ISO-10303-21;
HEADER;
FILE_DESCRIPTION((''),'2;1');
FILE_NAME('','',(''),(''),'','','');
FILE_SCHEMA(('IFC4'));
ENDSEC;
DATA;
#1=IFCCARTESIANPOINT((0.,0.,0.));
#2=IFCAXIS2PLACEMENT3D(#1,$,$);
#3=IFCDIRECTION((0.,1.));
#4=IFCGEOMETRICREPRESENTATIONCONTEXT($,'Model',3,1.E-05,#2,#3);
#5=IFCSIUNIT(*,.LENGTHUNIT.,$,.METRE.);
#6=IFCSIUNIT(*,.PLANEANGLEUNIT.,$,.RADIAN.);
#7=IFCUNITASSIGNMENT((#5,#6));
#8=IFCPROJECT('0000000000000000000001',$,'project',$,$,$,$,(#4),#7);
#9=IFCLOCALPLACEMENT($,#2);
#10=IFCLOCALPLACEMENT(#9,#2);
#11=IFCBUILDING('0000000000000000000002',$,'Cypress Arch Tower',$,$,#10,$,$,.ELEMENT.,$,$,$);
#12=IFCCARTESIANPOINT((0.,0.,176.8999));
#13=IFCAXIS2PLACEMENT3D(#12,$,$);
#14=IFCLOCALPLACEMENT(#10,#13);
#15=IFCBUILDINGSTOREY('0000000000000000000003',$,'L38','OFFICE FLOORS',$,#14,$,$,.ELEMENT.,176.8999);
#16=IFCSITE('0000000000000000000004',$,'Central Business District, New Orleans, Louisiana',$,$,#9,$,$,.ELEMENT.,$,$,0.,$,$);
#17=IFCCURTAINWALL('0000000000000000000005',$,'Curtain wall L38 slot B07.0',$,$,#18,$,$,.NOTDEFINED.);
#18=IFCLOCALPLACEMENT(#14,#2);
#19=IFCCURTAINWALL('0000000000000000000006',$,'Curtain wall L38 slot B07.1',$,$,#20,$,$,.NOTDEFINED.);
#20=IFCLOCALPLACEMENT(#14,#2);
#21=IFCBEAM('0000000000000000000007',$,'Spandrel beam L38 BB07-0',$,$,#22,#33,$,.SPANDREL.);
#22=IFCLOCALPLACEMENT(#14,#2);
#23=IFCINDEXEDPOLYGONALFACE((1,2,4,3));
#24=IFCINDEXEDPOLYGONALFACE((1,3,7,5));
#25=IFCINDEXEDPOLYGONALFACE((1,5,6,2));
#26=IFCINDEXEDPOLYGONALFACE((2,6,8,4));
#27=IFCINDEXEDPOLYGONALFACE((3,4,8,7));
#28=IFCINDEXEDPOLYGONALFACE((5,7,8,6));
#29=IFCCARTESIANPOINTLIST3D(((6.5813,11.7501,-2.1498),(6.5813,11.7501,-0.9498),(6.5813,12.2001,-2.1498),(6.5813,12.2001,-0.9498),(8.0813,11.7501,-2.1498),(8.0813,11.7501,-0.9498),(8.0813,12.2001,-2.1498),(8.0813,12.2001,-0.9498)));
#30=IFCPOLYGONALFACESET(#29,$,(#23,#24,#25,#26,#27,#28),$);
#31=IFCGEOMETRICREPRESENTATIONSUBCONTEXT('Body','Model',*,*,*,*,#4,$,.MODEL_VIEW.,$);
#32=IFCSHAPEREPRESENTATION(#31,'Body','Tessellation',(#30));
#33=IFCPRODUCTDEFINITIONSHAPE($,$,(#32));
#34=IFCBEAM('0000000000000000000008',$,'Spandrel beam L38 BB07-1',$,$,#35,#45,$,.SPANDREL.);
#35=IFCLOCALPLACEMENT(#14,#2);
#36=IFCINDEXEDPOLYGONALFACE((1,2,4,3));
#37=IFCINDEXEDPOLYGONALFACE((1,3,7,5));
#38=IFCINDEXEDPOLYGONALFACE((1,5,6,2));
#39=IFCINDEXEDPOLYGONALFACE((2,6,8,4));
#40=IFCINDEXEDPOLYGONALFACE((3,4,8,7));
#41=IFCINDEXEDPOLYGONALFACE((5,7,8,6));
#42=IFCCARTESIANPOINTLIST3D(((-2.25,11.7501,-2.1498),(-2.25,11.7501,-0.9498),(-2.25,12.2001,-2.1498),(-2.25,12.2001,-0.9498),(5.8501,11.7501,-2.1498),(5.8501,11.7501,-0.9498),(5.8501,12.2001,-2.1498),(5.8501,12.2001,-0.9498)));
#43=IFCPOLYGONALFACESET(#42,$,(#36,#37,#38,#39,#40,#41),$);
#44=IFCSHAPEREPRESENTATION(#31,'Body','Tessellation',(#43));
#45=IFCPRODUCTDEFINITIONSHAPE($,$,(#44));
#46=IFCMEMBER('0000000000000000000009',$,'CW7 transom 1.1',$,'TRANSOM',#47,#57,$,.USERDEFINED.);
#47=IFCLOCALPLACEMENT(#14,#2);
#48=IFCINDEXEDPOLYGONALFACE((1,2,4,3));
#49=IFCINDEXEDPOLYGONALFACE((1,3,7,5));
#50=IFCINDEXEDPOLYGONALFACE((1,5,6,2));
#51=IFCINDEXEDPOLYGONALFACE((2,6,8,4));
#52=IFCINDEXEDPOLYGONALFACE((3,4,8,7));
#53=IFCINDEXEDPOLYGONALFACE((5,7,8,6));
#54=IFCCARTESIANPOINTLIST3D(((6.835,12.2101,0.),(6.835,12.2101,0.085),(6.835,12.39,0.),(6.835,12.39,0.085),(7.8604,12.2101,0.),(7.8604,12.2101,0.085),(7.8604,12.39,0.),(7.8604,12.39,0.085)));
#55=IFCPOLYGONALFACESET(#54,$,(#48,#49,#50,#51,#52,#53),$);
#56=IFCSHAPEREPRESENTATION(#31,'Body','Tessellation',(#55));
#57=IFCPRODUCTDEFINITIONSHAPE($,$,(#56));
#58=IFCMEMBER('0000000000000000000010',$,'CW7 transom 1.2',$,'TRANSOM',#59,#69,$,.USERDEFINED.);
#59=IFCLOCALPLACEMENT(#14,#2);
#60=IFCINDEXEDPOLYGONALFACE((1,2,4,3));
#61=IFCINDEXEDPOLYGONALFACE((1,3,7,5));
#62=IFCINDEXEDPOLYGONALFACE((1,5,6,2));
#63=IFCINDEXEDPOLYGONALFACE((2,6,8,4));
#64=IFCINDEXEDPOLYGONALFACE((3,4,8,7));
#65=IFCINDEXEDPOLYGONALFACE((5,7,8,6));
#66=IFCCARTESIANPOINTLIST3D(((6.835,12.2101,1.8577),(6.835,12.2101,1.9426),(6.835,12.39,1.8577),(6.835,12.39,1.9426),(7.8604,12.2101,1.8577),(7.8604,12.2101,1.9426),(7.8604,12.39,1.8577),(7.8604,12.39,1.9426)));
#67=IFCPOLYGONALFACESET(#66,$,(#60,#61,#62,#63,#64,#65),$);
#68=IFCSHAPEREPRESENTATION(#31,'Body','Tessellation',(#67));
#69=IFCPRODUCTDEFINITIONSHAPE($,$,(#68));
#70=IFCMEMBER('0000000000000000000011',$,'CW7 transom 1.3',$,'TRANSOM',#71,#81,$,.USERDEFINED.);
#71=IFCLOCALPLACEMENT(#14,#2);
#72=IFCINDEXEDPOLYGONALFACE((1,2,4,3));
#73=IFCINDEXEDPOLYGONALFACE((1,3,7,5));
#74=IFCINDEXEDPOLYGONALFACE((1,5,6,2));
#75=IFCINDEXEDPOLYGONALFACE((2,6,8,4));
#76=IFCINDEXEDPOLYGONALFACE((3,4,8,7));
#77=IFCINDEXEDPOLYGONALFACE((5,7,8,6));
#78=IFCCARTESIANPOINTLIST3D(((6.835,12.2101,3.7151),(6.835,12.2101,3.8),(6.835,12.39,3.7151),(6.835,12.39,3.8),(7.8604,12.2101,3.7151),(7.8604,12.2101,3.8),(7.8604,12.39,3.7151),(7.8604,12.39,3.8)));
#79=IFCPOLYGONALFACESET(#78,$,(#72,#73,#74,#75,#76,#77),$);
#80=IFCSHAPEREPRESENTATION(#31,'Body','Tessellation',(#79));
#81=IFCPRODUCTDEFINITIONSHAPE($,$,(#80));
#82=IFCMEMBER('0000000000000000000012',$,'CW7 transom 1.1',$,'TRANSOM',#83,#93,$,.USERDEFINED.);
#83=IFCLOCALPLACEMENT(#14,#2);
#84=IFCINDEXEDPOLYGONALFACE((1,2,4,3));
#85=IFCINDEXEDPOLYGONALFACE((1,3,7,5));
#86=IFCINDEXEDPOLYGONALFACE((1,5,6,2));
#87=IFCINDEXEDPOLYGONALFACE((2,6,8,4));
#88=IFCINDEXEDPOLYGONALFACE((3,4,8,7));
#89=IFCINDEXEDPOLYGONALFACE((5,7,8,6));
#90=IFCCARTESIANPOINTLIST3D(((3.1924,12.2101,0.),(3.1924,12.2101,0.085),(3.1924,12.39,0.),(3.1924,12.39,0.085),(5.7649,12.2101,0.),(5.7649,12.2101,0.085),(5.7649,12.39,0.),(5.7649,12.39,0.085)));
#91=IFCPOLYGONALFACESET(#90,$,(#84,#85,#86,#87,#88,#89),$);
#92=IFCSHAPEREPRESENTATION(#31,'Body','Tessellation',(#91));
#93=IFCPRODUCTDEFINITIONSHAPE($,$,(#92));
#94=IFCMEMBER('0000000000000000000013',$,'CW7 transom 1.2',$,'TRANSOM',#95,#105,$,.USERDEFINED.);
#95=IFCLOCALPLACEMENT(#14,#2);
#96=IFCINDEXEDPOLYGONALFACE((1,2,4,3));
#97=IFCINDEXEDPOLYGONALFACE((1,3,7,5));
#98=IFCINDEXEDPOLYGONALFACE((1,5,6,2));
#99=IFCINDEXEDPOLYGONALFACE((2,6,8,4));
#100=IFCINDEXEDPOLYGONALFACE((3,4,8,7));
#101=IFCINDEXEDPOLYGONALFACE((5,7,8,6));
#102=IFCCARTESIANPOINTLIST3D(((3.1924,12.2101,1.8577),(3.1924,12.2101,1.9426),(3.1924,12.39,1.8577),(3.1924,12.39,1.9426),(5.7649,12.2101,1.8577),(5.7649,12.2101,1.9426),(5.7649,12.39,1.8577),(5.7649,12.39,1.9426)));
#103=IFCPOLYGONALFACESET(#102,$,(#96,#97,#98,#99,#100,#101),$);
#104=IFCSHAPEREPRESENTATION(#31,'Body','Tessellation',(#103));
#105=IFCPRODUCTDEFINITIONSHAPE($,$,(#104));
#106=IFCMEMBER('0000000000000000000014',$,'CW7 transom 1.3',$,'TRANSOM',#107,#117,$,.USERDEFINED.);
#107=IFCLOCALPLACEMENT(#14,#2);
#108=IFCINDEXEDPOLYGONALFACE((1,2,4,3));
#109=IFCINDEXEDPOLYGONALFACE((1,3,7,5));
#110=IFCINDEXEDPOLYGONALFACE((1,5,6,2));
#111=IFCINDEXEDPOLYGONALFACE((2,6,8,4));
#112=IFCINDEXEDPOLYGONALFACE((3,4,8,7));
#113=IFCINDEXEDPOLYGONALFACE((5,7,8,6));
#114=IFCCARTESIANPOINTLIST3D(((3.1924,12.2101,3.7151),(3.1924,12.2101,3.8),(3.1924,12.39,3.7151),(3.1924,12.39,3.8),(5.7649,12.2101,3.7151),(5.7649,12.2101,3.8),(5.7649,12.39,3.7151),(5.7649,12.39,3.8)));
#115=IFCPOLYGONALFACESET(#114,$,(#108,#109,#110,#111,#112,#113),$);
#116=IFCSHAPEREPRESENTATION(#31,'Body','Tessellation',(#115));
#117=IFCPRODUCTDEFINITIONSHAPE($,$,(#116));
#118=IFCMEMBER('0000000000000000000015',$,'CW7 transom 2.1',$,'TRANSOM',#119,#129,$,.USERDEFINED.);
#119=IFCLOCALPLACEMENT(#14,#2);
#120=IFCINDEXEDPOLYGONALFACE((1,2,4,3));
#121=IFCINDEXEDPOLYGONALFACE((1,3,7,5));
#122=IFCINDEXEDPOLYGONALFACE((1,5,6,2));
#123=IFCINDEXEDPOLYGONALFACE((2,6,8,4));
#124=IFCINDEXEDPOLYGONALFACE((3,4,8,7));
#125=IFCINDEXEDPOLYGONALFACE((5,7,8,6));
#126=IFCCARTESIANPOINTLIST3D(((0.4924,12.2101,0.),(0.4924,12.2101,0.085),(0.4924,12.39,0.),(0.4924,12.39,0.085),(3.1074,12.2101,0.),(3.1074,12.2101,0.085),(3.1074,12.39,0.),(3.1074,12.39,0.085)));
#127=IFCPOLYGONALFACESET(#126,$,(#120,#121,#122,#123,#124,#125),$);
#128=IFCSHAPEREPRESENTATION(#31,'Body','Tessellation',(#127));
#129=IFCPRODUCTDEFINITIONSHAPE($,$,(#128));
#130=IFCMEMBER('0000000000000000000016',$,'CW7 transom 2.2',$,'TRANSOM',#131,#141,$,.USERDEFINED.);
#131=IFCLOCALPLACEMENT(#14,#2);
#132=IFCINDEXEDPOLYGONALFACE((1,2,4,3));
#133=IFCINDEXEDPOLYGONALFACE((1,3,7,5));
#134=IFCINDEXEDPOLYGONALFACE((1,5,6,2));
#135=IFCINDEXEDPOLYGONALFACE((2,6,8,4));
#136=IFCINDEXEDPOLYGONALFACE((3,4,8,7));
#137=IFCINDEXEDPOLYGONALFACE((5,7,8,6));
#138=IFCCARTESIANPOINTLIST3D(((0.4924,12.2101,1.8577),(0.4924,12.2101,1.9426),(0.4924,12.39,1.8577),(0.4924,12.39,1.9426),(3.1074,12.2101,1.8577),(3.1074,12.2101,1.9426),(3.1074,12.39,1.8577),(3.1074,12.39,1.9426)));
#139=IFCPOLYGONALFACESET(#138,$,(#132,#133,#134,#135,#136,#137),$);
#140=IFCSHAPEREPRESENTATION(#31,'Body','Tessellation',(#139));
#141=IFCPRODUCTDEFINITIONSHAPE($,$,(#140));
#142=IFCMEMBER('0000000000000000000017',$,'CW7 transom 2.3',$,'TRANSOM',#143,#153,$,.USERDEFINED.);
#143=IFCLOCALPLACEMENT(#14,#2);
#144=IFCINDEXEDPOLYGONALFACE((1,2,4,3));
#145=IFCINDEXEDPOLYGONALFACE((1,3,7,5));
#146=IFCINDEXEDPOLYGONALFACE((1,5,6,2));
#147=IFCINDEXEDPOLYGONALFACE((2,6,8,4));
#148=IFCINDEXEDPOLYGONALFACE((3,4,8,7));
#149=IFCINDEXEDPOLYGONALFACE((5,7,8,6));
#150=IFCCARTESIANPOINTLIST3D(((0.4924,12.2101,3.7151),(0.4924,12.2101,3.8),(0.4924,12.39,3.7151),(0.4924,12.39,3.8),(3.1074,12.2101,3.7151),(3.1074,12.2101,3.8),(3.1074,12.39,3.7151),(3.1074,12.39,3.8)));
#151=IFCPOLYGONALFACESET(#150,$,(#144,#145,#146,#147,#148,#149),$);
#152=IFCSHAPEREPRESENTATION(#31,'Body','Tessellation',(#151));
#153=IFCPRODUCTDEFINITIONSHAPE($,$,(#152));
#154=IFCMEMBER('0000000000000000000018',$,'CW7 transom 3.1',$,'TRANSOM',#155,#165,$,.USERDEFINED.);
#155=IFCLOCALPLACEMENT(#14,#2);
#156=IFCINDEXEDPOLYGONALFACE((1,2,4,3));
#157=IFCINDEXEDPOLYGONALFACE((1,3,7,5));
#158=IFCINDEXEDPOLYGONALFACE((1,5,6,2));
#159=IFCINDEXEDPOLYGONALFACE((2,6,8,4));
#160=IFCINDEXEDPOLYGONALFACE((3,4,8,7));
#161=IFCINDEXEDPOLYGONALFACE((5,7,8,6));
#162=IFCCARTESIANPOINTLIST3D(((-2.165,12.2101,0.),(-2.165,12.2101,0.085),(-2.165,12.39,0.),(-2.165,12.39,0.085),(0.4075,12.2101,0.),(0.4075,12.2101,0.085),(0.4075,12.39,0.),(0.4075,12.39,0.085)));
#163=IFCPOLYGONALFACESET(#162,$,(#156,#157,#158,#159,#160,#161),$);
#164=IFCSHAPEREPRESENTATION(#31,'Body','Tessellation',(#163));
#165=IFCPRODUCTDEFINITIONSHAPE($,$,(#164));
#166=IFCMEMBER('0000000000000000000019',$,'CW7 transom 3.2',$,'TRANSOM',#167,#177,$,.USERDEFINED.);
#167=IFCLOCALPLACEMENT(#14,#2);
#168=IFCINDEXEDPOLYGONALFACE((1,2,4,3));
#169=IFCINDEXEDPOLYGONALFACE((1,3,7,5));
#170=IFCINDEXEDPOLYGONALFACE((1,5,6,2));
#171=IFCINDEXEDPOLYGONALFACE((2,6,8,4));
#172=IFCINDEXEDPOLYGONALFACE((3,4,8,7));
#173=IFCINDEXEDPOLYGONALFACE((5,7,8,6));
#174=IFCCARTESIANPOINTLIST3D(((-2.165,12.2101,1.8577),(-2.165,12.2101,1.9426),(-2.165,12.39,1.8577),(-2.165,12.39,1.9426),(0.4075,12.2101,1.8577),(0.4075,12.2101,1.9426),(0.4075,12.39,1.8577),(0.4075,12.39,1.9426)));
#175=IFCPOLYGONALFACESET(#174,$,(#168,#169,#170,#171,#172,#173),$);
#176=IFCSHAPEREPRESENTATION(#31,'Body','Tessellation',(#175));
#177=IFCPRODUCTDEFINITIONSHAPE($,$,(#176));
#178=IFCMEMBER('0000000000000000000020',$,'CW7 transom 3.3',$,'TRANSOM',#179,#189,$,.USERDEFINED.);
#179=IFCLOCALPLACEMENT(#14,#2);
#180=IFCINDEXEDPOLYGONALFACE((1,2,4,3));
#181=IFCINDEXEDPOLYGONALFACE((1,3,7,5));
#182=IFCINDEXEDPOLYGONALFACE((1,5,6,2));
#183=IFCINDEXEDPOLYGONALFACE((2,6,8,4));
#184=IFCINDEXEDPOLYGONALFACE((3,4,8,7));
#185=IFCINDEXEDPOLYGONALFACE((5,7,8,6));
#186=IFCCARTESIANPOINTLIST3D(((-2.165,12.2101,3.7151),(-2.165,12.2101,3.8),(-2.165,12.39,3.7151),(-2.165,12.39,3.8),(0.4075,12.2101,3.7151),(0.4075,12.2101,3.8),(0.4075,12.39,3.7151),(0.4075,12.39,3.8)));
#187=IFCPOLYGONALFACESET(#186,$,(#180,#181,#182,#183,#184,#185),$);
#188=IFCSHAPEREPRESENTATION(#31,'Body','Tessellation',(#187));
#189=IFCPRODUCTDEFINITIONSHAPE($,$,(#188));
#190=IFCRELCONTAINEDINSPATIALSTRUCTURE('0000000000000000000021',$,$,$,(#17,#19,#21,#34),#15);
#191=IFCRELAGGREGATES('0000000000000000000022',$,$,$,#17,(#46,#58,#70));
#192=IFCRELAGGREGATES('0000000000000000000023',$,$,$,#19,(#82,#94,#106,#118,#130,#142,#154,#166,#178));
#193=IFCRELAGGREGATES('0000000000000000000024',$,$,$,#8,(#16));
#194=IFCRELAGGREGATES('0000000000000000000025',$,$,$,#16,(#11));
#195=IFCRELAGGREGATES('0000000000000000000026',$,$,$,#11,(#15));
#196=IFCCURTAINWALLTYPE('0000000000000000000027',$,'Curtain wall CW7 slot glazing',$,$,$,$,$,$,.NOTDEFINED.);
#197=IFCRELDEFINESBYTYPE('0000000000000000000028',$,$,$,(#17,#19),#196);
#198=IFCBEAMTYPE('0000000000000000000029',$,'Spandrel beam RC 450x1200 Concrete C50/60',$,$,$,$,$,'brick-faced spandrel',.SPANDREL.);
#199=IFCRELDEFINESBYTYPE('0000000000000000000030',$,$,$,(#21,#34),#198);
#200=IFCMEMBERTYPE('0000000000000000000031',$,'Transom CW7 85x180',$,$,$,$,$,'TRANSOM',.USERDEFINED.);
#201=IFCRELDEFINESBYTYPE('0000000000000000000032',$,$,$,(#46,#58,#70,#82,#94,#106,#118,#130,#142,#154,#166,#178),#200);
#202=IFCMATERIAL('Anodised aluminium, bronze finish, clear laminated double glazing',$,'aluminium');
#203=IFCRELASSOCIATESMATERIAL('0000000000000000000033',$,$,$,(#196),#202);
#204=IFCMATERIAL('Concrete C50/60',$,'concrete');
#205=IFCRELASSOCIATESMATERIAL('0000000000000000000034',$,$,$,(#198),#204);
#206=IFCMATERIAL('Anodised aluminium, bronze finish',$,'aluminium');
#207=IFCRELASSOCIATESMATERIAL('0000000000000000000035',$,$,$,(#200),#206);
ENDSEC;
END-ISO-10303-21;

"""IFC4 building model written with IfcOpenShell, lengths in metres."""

from ifc_helpers import new_model, si_unit, direction, frame, origin, origin_2d, place, context, subcontext, project, spatial, rectangle, extrude, material, material_profile, profile_set, type_object, element, aggregate, save


model = new_model("IFC4")

# Units and contexts
model_context = context("Model", 3, precision=1e-05, world=origin(), true_north=direction((0.0, 1.0)))
body_context = subcontext(model_context, "Body", "Model", "MODEL_VIEW")
ifc_project = project(units=[si_unit("LENGTHUNIT", "METRE"), si_unit("PLANEANGLEUNIT", "RADIAN")], contexts=[model_context])

# Site, building, storey
site_placement = place(None, origin())
site = spatial("IfcSite", under=ifc_project, at=site_placement, Name="Central Business District, New Orleans, Louisiana", CompositionType="ELEMENT", RefElevation=0.0)
building_placement = place(site_placement, origin())
building = spatial("IfcBuilding", under=site, at=building_placement, Name="Cypress Arch Tower", CompositionType="ELEMENT")
storey_placement = place(building_placement, frame((0.0, 0.0, 176.8999)))
storey = spatial("IfcBuildingStorey", under=building, at=storey_placement, Name="L38", Description="OFFICE FLOORS", CompositionType="ELEMENT", Elevation=176.8999)

# Shared definitions
ifc_material_1 = material(Name="Anodised aluminium, bronze finish, clear laminated double glazing", Category="aluminium")
curtain_wall_type = type_object("IfcCurtainWallType", Name="Curtain wall CW7 slot glazing", PredefinedType="NOTDEFINED", material=ifc_material_1)

# Curtain walls
curtain_wall_1_placement = place(storey_placement, origin())
curtain_wall_1 = element("IfcCurtainWall", 1, at=curtain_wall_1_placement, inside=storey, type_object=curtain_wall_type, Name="Curtain wall L38 slot B07.0", PredefinedType="NOTDEFINED")
curtain_wall_2_placement = place(storey_placement, origin())
curtain_wall_2 = element("IfcCurtainWall", 2, at=curtain_wall_2_placement, inside=storey, type_object=curtain_wall_type, Name="Curtain wall L38 slot B07.1", PredefinedType="NOTDEFINED")

# Beams
ifc_material_2 = material(Name="Concrete C50/60", Category="concrete")
ifc_material_profile_1 = material_profile(ifc_material_2, rectangle(XDim=0.45, YDim=1.2, at=origin_2d()), Name="RC 450x1200")
ifc_profile_set_1 = profile_set([ifc_material_profile_1], Name="Concrete C50/60")
beam_type_1 = type_object("IfcBeamType", Name="Spandrel beam RC 450x1200 Concrete C50/60", ElementType="brick-faced spandrel", PredefinedType="SPANDREL", material=ifc_profile_set_1)
beam_1_placement = place(storey_placement, frame((8.0813, 11.9751, -1.5498), z_axis=(-1.0, 0.0, 0.0), x_axis=(0.0, -1.0, 0.0)))
element("IfcBeam", 3, at=beam_1_placement, inside=storey, type_object=beam_type_1, Name="Spandrel beam L38 BB07-0", PredefinedType="SPANDREL", context=body_context, shape_type="SweptSolid", body=[
    extrude(rectangle(XDim=0.45, YDim=1.2, at=origin_2d()), origin(), (0.0, 0.0, 1.0), 1.5),
])
beam_2_placement = place(storey_placement, frame((5.8501, 11.9751, -1.5498), z_axis=(-1.0, 0.0, 0.0), x_axis=(0.0, -1.0, 0.0)))
element("IfcBeam", 4, at=beam_2_placement, inside=storey, type_object=beam_type_1, Name="Spandrel beam L38 BB07-1", PredefinedType="SPANDREL", context=body_context, shape_type="SweptSolid", body=[
    extrude(rectangle(XDim=0.45, YDim=1.2, at=origin_2d()), origin(), (0.0, 0.0, 1.0), 8.1001),
])

# Members
ifc_material_3 = material(Name="Anodised aluminium, bronze finish", Category="aluminium")
ifc_material_profile_2 = material_profile(ifc_material_3, rectangle(XDim=0.1799, YDim=0.085, at=origin_2d()), Name="Transom 85x180")
ifc_profile_set_2 = profile_set([ifc_material_profile_2], Name="Anodised aluminium, bronze finish")
member_type_1 = type_object("IfcMemberType", Name="Transom CW7 85x180", ElementType="TRANSOM", PredefinedType="USERDEFINED", material=ifc_profile_set_2)
member_1_placement = place(storey_placement, frame((7.8604, 12.3, 0.0425), z_axis=(-1.0, 0.0, 0.0), x_axis=(0.0, -1.0, 0.0)))
member_1 = element("IfcMember", 5, at=member_1_placement, type_object=member_type_1, Name="CW7 transom 1.1", ObjectType="TRANSOM", PredefinedType="USERDEFINED", context=body_context, shape_type="SweptSolid", body=[
    extrude(rectangle(XDim=0.1799, YDim=0.085, at=origin_2d()), origin(), (0.0, 0.0, 1.0), 1.0254),
])
member_2_placement = place(storey_placement, frame((7.8604, 12.3, 1.9001), z_axis=(-1.0, 0.0, 0.0), x_axis=(0.0, -1.0, 0.0)))
member_2 = element("IfcMember", 6, at=member_2_placement, type_object=member_type_1, Name="CW7 transom 1.2", ObjectType="TRANSOM", PredefinedType="USERDEFINED", context=body_context, shape_type="SweptSolid", body=[
    extrude(rectangle(XDim=0.1799, YDim=0.085, at=origin_2d()), origin(), (0.0, 0.0, 1.0), 1.0254),
])
member_3_placement = place(storey_placement, frame((7.8604, 12.3, 3.7576), z_axis=(-1.0, 0.0, 0.0), x_axis=(0.0, -1.0, 0.0)))
member_3 = element("IfcMember", 7, at=member_3_placement, type_object=member_type_1, Name="CW7 transom 1.3", ObjectType="TRANSOM", PredefinedType="USERDEFINED", context=body_context, shape_type="SweptSolid", body=[
    extrude(rectangle(XDim=0.1799, YDim=0.085, at=origin_2d()), origin(), (0.0, 0.0, 1.0), 1.0254),
])
member_4_placement = place(storey_placement, frame((5.7649, 12.3, 0.0425), z_axis=(-1.0, 0.0, 0.0), x_axis=(0.0, -1.0, 0.0)))
member_4 = element("IfcMember", 8, at=member_4_placement, type_object=member_type_1, Name="CW7 transom 1.1", ObjectType="TRANSOM", PredefinedType="USERDEFINED", context=body_context, shape_type="SweptSolid", body=[
    extrude(rectangle(XDim=0.1799, YDim=0.085, at=origin_2d()), origin(), (0.0, 0.0, 1.0), 2.5725),
])
member_5_placement = place(storey_placement, frame((5.7649, 12.3, 1.9001), z_axis=(-1.0, 0.0, 0.0), x_axis=(0.0, -1.0, 0.0)))
member_5 = element("IfcMember", 9, at=member_5_placement, type_object=member_type_1, Name="CW7 transom 1.2", ObjectType="TRANSOM", PredefinedType="USERDEFINED", context=body_context, shape_type="SweptSolid", body=[
    extrude(rectangle(XDim=0.1799, YDim=0.085, at=origin_2d()), origin(), (0.0, 0.0, 1.0), 2.5725),
])
member_6_placement = place(storey_placement, frame((5.7649, 12.3, 3.7576), z_axis=(-1.0, 0.0, 0.0), x_axis=(0.0, -1.0, 0.0)))
member_6 = element("IfcMember", 10, at=member_6_placement, type_object=member_type_1, Name="CW7 transom 1.3", ObjectType="TRANSOM", PredefinedType="USERDEFINED", context=body_context, shape_type="SweptSolid", body=[
    extrude(rectangle(XDim=0.1799, YDim=0.085, at=origin_2d()), origin(), (0.0, 0.0, 1.0), 2.5725),
])
member_7_placement = place(storey_placement, frame((3.1074, 12.3, 0.0425), z_axis=(-1.0, 0.0, 0.0), x_axis=(0.0, -1.0, 0.0)))
member_7 = element("IfcMember", 11, at=member_7_placement, type_object=member_type_1, Name="CW7 transom 2.1", ObjectType="TRANSOM", PredefinedType="USERDEFINED", context=body_context, shape_type="SweptSolid", body=[
    extrude(rectangle(XDim=0.1799, YDim=0.085, at=origin_2d()), origin(), (0.0, 0.0, 1.0), 2.615),
])
member_8_placement = place(storey_placement, frame((3.1074, 12.3, 1.9001), z_axis=(-1.0, 0.0, 0.0), x_axis=(0.0, -1.0, 0.0)))
member_8 = element("IfcMember", 12, at=member_8_placement, type_object=member_type_1, Name="CW7 transom 2.2", ObjectType="TRANSOM", PredefinedType="USERDEFINED", context=body_context, shape_type="SweptSolid", body=[
    extrude(rectangle(XDim=0.1799, YDim=0.085, at=origin_2d()), origin(), (0.0, 0.0, 1.0), 2.615),
])
member_9_placement = place(storey_placement, frame((3.1074, 12.3, 3.7576), z_axis=(-1.0, 0.0, 0.0), x_axis=(0.0, -1.0, 0.0)))
member_9 = element("IfcMember", 13, at=member_9_placement, type_object=member_type_1, Name="CW7 transom 2.3", ObjectType="TRANSOM", PredefinedType="USERDEFINED", context=body_context, shape_type="SweptSolid", body=[
    extrude(rectangle(XDim=0.1799, YDim=0.085, at=origin_2d()), origin(), (0.0, 0.0, 1.0), 2.615),
])
member_10_placement = place(storey_placement, frame((0.4075, 12.3, 0.0425), z_axis=(-1.0, 0.0, 0.0), x_axis=(0.0, -1.0, 0.0)))
member_10 = element("IfcMember", 14, at=member_10_placement, type_object=member_type_1, Name="CW7 transom 3.1", ObjectType="TRANSOM", PredefinedType="USERDEFINED", context=body_context, shape_type="SweptSolid", body=[
    extrude(rectangle(XDim=0.1799, YDim=0.085, at=origin_2d()), origin(), (0.0, 0.0, 1.0), 2.5725),
])
member_11_placement = place(storey_placement, frame((0.4075, 12.3, 1.9001), z_axis=(-1.0, 0.0, 0.0), x_axis=(0.0, -1.0, 0.0)))
member_11 = element("IfcMember", 15, at=member_11_placement, type_object=member_type_1, Name="CW7 transom 3.2", ObjectType="TRANSOM", PredefinedType="USERDEFINED", context=body_context, shape_type="SweptSolid", body=[
    extrude(rectangle(XDim=0.1799, YDim=0.085, at=origin_2d()), origin(), (0.0, 0.0, 1.0), 2.5725),
])
member_12_placement = place(storey_placement, frame((0.4075, 12.3, 3.7576), z_axis=(-1.0, 0.0, 0.0), x_axis=(0.0, -1.0, 0.0)))
member_12 = element("IfcMember", 16, at=member_12_placement, type_object=member_type_1, Name="CW7 transom 3.3", ObjectType="TRANSOM", PredefinedType="USERDEFINED", context=body_context, shape_type="SweptSolid", body=[
    extrude(rectangle(XDim=0.1799, YDim=0.085, at=origin_2d()), origin(), (0.0, 0.0, 1.0), 2.5725),
])

aggregate(curtain_wall_1, [member_1, member_2, member_3])
aggregate(curtain_wall_2, [member_4, member_5, member_6, member_7, member_8, member_9, member_10, member_11, member_12])

save(model, "model.ifc")
